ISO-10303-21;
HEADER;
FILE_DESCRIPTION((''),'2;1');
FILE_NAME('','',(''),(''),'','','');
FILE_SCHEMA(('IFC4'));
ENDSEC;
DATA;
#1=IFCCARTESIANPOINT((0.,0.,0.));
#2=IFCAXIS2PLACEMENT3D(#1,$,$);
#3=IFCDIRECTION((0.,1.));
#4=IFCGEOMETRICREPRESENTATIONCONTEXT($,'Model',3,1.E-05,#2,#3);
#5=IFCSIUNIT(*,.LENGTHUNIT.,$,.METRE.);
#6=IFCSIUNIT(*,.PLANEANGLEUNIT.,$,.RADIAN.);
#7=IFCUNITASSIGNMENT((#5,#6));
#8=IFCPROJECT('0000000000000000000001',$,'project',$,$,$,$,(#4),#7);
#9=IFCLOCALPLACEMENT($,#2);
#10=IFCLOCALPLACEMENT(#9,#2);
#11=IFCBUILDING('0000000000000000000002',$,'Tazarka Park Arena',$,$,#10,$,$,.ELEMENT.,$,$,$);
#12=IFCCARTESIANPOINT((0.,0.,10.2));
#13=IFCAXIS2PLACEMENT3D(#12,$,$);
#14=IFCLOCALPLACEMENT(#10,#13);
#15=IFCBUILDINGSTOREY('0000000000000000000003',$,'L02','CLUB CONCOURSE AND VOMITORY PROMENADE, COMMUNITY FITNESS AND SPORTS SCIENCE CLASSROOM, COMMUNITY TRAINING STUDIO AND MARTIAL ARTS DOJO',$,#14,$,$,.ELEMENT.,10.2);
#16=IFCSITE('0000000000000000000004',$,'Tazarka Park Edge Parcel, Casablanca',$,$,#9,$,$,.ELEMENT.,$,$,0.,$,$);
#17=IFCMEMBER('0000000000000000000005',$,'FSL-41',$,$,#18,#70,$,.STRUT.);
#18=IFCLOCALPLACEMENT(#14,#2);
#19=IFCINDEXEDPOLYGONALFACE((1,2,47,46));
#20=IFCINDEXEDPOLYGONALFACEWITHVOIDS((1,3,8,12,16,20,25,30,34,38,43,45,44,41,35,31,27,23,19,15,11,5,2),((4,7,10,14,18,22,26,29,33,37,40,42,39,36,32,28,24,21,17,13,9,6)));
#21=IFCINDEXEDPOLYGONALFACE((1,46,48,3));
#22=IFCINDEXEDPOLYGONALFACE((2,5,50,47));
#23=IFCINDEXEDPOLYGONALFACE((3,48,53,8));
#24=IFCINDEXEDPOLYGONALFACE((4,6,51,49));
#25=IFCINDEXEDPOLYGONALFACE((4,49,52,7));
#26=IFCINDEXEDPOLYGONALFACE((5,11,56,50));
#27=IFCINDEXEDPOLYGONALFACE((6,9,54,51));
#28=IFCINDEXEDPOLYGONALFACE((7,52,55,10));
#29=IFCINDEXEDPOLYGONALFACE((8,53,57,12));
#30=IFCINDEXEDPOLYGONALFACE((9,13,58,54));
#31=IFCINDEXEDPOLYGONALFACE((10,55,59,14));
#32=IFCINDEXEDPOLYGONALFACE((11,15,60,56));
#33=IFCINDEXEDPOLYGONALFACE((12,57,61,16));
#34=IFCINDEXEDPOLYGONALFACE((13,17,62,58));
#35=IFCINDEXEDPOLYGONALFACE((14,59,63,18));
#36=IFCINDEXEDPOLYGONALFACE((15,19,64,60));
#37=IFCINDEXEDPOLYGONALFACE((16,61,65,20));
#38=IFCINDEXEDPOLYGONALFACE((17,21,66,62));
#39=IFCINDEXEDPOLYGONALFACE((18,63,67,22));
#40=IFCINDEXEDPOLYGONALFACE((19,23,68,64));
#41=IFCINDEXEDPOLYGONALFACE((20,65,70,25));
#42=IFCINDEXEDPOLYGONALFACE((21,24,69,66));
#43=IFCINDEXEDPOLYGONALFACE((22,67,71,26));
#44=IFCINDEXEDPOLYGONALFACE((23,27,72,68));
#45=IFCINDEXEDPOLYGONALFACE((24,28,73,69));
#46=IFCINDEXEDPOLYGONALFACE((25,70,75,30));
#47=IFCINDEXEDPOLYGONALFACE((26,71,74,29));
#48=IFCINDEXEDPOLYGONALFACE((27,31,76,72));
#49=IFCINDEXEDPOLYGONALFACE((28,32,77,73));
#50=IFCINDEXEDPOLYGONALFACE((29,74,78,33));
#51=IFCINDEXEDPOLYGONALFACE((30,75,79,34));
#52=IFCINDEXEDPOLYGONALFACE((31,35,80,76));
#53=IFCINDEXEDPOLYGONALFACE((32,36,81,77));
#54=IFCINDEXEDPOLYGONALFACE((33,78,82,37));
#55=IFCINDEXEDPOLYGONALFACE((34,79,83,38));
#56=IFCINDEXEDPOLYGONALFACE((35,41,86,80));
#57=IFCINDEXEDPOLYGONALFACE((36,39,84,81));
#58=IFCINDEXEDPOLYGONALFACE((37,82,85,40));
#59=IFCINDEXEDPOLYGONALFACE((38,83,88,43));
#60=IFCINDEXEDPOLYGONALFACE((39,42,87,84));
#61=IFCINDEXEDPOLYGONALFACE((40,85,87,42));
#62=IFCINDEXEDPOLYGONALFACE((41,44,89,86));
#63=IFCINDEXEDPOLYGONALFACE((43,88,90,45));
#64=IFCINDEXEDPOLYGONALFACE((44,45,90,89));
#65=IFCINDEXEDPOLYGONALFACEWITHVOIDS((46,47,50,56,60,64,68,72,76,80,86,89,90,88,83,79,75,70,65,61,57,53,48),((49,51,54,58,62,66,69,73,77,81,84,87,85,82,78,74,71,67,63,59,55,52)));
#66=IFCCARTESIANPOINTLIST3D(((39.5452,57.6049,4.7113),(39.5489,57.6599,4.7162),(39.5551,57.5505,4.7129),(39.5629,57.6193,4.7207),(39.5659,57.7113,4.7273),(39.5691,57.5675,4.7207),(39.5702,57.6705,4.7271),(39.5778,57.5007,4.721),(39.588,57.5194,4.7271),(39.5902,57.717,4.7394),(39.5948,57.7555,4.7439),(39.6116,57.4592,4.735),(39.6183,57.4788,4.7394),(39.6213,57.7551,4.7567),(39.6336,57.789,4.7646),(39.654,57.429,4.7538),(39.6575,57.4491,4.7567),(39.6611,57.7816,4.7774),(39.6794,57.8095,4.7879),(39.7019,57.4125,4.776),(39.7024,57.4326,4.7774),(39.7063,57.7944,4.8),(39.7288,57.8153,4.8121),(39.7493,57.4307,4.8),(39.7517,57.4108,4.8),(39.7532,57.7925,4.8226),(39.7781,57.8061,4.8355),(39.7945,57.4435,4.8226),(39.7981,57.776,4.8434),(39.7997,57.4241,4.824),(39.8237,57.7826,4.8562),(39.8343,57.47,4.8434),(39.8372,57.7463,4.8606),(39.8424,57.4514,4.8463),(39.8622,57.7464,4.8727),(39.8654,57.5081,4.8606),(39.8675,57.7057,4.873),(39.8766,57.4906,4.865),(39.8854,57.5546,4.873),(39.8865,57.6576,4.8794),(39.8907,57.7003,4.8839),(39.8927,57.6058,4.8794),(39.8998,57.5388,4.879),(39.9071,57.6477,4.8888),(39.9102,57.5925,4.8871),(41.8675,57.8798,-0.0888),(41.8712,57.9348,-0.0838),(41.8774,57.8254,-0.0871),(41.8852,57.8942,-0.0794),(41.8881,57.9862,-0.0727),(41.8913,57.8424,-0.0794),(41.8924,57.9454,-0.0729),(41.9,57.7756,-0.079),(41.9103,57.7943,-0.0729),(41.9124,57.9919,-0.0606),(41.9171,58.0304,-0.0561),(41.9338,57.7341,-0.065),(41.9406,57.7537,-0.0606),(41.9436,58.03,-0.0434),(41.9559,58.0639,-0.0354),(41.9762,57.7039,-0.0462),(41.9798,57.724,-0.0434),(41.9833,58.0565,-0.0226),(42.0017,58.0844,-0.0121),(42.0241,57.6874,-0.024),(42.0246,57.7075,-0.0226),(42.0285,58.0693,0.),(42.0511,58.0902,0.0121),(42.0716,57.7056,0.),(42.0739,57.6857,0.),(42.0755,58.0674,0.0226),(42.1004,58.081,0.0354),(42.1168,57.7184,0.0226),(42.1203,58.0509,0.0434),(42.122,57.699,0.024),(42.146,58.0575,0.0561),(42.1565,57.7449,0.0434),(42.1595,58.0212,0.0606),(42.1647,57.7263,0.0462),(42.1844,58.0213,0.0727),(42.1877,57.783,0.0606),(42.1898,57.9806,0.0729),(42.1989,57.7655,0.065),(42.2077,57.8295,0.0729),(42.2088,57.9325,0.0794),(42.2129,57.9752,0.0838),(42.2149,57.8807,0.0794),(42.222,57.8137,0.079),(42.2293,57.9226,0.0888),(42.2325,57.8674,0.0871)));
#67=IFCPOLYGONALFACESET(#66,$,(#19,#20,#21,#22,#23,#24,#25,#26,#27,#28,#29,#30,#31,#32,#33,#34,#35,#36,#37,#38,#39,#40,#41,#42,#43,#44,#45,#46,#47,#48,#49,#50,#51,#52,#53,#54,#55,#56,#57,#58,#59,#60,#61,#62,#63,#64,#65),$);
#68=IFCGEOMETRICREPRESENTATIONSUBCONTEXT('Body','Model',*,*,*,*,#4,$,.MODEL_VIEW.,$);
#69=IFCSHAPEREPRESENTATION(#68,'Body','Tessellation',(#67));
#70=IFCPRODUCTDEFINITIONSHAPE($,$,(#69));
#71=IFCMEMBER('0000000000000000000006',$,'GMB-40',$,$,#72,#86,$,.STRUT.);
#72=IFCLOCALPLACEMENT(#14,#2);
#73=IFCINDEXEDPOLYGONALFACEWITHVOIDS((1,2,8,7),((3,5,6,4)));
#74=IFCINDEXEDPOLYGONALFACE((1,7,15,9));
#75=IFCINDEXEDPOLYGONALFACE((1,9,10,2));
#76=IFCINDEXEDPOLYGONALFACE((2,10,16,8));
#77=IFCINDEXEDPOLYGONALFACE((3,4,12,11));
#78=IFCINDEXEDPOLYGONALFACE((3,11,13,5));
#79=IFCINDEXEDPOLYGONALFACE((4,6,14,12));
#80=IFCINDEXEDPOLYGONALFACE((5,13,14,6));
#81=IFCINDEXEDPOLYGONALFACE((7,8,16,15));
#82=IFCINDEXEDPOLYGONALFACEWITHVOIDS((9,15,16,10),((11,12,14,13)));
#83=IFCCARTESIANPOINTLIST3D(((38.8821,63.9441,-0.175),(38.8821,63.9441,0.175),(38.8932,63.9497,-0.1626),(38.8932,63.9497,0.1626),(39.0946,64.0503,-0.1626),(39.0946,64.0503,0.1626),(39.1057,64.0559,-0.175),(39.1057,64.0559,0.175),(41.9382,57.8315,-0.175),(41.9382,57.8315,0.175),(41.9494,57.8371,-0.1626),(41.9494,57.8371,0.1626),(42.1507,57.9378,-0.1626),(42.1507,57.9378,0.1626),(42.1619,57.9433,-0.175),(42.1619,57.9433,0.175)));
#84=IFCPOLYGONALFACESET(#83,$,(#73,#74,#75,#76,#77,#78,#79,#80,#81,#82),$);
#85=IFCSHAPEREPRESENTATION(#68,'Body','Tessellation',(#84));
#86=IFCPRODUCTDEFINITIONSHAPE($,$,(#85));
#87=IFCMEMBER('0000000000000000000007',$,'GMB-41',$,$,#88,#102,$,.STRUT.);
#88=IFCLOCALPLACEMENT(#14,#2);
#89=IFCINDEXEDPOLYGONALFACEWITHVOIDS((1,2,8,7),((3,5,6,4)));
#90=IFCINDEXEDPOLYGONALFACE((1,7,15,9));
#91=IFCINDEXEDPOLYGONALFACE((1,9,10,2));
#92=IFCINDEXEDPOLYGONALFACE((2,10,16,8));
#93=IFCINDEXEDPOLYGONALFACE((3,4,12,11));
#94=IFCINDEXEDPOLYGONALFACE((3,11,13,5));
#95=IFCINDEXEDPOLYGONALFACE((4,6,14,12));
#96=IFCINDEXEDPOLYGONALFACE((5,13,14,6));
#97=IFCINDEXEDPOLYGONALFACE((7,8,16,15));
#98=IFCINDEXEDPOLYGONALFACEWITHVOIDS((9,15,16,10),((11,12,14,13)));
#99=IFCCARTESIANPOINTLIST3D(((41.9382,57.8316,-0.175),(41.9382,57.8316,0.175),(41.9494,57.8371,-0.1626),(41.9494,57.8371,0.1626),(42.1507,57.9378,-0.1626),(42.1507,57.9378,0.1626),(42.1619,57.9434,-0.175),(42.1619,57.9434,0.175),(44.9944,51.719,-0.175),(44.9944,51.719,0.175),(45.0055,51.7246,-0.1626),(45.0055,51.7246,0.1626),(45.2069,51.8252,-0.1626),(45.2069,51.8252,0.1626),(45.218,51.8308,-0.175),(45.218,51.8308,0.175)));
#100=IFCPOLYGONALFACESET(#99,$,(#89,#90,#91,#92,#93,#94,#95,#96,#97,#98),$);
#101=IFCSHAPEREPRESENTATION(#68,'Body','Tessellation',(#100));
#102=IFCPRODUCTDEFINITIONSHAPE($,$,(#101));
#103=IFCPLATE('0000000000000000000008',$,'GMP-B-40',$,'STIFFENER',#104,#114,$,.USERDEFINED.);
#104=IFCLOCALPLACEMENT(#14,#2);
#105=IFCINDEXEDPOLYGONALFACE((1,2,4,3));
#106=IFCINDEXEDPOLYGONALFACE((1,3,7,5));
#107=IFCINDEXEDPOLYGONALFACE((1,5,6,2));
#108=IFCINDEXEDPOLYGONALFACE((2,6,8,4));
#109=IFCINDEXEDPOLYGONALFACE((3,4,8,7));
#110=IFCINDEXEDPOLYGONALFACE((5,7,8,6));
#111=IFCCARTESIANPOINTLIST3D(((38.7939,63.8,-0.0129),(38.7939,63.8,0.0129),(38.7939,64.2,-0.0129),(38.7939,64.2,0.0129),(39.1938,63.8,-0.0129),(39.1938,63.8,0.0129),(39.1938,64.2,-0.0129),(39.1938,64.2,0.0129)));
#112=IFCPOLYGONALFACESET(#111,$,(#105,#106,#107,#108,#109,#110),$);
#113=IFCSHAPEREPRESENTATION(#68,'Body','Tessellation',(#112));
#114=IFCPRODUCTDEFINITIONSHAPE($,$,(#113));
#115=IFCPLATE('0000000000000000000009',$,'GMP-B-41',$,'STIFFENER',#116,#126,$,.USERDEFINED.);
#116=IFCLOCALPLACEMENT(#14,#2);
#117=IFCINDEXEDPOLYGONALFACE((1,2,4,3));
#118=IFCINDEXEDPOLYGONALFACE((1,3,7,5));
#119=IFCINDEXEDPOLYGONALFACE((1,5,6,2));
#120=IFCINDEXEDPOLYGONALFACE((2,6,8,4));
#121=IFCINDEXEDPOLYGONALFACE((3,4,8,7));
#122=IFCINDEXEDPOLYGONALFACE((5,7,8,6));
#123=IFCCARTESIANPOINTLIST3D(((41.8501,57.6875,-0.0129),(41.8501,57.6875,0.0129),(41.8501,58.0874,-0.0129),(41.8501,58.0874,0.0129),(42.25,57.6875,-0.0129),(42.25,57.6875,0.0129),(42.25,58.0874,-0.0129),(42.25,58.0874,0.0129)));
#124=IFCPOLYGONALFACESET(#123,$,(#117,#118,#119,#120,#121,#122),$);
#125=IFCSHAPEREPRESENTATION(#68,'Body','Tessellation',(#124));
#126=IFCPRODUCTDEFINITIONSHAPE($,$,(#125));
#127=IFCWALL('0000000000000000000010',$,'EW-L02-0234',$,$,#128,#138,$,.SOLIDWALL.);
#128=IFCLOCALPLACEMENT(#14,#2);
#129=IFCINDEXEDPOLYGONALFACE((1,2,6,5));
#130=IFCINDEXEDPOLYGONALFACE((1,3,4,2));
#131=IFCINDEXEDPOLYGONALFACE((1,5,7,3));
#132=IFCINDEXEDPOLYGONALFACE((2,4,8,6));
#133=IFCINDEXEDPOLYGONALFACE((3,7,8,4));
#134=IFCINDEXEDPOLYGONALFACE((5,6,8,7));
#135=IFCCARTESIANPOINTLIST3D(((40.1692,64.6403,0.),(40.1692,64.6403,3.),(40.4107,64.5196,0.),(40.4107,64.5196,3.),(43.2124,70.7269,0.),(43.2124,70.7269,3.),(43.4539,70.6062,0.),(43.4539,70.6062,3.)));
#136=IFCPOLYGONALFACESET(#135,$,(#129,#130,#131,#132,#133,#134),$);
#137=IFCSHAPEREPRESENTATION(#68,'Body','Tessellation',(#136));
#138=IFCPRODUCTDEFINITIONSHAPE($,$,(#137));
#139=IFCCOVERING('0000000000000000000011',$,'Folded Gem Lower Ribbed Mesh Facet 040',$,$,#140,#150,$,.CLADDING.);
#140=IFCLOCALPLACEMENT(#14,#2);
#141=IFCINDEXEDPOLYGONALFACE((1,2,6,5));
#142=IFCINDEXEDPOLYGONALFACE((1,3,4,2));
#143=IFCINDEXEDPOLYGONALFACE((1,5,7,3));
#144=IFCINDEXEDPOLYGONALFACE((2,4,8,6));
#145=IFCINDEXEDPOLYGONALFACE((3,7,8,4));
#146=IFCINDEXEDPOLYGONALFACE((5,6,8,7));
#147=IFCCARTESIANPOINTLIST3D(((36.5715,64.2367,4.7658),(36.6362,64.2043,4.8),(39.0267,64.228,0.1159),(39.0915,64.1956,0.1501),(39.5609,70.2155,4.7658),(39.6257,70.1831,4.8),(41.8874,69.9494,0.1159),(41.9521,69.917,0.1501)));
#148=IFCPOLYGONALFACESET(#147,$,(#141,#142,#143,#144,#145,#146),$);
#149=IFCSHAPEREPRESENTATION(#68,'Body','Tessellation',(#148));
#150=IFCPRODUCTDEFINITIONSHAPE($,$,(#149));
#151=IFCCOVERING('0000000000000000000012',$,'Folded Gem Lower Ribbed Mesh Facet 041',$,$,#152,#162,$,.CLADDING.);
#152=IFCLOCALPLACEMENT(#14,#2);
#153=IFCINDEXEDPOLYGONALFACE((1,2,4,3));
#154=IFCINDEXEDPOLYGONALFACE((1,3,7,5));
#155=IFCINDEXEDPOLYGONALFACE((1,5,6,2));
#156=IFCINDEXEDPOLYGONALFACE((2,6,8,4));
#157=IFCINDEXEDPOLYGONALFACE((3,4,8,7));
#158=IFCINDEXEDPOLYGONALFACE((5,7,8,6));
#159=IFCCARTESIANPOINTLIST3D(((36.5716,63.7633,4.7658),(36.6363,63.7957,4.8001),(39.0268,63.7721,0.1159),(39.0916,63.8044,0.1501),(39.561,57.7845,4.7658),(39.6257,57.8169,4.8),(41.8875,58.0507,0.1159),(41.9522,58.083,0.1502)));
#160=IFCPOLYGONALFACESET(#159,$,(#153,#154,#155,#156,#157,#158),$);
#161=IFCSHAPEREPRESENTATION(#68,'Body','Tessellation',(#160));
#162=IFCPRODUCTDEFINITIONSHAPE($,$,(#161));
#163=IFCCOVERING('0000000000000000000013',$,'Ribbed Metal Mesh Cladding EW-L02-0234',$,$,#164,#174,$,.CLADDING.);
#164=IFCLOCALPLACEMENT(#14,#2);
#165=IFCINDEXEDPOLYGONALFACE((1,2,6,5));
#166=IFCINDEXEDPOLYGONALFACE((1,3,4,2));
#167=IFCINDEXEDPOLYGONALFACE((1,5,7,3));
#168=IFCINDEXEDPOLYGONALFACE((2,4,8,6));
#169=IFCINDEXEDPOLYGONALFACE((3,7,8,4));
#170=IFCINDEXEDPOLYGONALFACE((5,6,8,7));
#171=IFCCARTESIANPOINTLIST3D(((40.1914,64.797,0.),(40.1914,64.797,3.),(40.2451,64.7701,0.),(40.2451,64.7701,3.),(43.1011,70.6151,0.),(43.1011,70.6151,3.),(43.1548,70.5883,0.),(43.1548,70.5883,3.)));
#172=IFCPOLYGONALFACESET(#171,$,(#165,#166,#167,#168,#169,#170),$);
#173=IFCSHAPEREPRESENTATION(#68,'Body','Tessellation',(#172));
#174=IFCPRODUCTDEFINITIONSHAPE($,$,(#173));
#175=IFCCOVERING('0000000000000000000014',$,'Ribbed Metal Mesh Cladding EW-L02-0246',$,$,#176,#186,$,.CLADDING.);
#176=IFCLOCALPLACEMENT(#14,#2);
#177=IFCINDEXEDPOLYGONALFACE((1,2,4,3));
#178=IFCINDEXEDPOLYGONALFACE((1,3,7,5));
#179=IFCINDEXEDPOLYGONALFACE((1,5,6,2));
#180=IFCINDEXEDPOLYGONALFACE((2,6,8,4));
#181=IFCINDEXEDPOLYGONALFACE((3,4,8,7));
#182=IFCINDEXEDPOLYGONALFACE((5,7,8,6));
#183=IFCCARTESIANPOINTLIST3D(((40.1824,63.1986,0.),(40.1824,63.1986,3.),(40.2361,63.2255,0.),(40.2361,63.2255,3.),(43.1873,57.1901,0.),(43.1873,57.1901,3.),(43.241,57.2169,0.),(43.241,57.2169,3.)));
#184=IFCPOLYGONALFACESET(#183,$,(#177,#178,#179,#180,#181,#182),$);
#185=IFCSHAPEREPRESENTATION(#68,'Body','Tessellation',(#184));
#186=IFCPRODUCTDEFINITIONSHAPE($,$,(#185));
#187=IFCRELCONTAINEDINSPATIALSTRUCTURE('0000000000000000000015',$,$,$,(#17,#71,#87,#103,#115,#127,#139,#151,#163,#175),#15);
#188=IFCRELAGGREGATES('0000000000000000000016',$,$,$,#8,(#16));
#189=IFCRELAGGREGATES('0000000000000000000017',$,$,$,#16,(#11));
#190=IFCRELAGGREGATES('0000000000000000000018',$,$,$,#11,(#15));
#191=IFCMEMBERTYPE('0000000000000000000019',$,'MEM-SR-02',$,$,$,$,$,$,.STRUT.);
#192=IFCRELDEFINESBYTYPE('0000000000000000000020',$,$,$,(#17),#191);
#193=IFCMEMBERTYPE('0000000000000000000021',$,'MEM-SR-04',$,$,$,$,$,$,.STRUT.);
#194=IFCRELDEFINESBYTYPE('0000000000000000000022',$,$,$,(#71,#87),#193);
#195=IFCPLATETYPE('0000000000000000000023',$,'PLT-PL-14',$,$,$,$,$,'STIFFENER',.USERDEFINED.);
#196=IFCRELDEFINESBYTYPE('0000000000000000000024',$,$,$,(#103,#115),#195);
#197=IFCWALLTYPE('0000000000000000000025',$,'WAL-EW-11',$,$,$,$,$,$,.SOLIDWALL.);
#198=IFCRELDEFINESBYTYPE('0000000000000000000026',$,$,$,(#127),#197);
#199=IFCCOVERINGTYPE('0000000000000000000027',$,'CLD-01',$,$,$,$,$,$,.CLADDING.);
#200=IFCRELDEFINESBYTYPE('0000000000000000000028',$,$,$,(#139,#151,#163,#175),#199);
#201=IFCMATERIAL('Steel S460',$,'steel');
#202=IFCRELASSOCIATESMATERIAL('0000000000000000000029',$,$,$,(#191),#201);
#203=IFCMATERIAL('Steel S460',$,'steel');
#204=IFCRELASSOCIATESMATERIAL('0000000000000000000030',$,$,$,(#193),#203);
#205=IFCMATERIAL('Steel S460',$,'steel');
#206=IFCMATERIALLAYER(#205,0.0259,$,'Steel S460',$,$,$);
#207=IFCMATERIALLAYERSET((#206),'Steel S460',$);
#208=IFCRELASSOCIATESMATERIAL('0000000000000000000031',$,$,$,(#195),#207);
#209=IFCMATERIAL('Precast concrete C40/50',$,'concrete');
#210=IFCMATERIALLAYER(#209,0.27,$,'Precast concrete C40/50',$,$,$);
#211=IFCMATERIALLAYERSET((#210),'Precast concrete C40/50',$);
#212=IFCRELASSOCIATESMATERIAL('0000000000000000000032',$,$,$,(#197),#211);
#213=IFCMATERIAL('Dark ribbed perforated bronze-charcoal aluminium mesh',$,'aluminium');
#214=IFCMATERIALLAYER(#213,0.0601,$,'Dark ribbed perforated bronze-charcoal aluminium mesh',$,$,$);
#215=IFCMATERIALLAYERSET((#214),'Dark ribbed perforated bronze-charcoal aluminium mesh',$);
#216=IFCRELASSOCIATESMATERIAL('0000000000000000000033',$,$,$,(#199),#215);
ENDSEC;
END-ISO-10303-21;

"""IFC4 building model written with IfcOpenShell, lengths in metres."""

from ifc_helpers import new_model, si_unit, direction, frame, frame_2d, origin, origin_2d, place, context, subcontext, project, spatial, polyline, rectangle, hollow_rectangle, hollow_circle, outline, extrude, material, layer, layer_set, material_profile, profile_set, type_object, element, save


model = new_model("IFC4")

# Units and contexts
model_context = context("Model", 3, precision=1e-05, world=origin(), true_north=direction((0.0, 1.0)))
body_context = subcontext(model_context, "Body", "Model", "MODEL_VIEW")
ifc_project = project(units=[si_unit("LENGTHUNIT", "METRE"), si_unit("PLANEANGLEUNIT", "RADIAN")], contexts=[model_context])

# Site, building, storey
site_placement = place(None, origin())
site = spatial("IfcSite", under=ifc_project, at=site_placement, Name="Tazarka Park Edge Parcel, Casablanca", CompositionType="ELEMENT", RefElevation=0.0)
building_placement = place(site_placement, origin())
building = spatial("IfcBuilding", under=site, at=building_placement, Name="Tazarka Park Arena", CompositionType="ELEMENT")
storey_placement = place(building_placement, frame((0.0, 0.0, 10.2)))
storey = spatial("IfcBuildingStorey", under=building, at=storey_placement, Name="L02", Description="CLUB CONCOURSE AND VOMITORY PROMENADE, COMMUNITY FITNESS AND SPORTS SCIENCE CLASSROOM, COMMUNITY TRAINING STUDIO AND MARTIAL ARTS DOJO", CompositionType="ELEMENT", Elevation=10.2)

# Members
ifc_material_1 = material(Name="Steel S460", Category="steel")
ifc_material_profile_1 = material_profile(ifc_material_1, hollow_circle(Radius=0.2031, WallThickness=0.02, at=origin_2d()), Name="Steel S460")
ifc_profile_set_1 = profile_set([ifc_material_profile_1], Name="Steel S460")
member_type_1 = type_object("IfcMemberType", Name="MEM-SR-02", PredefinedType="STRUT", material=ifc_profile_set_1)
member_1_placement = place(storey_placement, frame((42.05, 57.8875, 0.0), z_axis=(-0.434932, -0.051486, 0.89899), x_axis=(0.117556, -0.993066, 0.0)))
element("IfcMember", 1, at=member_1_placement, inside=storey, type_object=member_type_1, Name="FSL-41", PredefinedType="STRUT", context=body_context, shape_type="SweptSolid", body=[
    extrude(hollow_circle(Radius=0.2031, WallThickness=0.02, at=origin_2d()), origin(), (0.0, 0.0, 1.0), 5.3394),
])
ifc_material_2 = material(Name="Steel S460", Category="steel")
ifc_material_profile_2 = material_profile(ifc_material_2, hollow_rectangle(XDim=0.25, YDim=0.3501, WallThickness=0.0125, at=origin_2d()), Name="Steel S460")
ifc_profile_set_2 = profile_set([ifc_material_profile_2], Name="Steel S460")
member_type_2 = type_object("IfcMemberType", Name="MEM-SR-04", PredefinedType="STRUT", material=ifc_profile_set_2)
for number, where, z_axis, x_axis, name in (
    (2, (38.9939, 64.0, 0.0), (0.447199, -0.894434, 0.0), (0.894434, 0.447199, 0.0), "GMB-40"),
    (3, (42.05, 57.8875, 0.0), (0.447199, -0.894434, 0.0), (0.894434, 0.447199, 0.0), "GMB-41"),
):
    element("IfcMember", number, at=place(storey_placement, frame(where, z_axis=z_axis, x_axis=x_axis)), inside=storey, type_object=member_type_2, Name=name, PredefinedType="STRUT", context=body_context, shape_type="SweptSolid", body=[
        extrude(hollow_rectangle(XDim=0.25, YDim=0.3501, WallThickness=0.0125, at=origin_2d()), origin(), (0.0, 0.0, 1.0), 6.834),
    ])

# Plates
ifc_material_3 = material(Name="Steel S460", Category="steel")
ifc_layer_1 = layer(ifc_material_3, 0.0259, Name="Steel S460")
ifc_layer_set_1 = layer_set([ifc_layer_1], Name="Steel S460")
plate_type = type_object("IfcPlateType", Name="PLT-PL-14", ElementType="STIFFENER", PredefinedType="USERDEFINED", material=ifc_layer_set_1)
for number, where, z_axis, x_axis, name in (
    (4, (38.9939, 64.0, -0.0129), (0.0, 0.0, 1.0), (1.0, 0.0, 0.0), "GMP-B-40"),
    (5, (42.05, 57.8875, -0.0129), (0.0, 0.0, 1.0), (1.0, 0.0, 0.0), "GMP-B-41"),
):
    element("IfcPlate", number, at=place(storey_placement, frame(where, z_axis=z_axis, x_axis=x_axis)), inside=storey, type_object=plate_type, Name=name, ObjectType="STIFFENER", PredefinedType="USERDEFINED", context=body_context, shape_type="SweptSolid", body=[
        extrude(rectangle(XDim=0.3999, YDim=0.3999, at=origin_2d()), origin(), (0.0, 0.0, 1.0), 0.0259),
    ])

# Wall
ifc_material_4 = material(Name="Precast concrete C40/50", Category="concrete")
ifc_layer_2 = layer(ifc_material_4, 0.27, Name="Precast concrete C40/50")
ifc_layer_set_2 = layer_set([ifc_layer_2], Name="Precast concrete C40/50")
wall_type = type_object("IfcWallType", Name="WAL-EW-11", PredefinedType="SOLIDWALL", material=ifc_layer_set_2)
wall_placement = place(storey_placement, frame((40.29, 64.5801, 0.0), z_axis=(0.0, 0.0, 1.0), x_axis=(0.447199, 0.894434, 0.0)))
element("IfcWall", 6, at=wall_placement, inside=storey, type_object=wall_type, Name="EW-L02-0234", PredefinedType="SOLIDWALL", context=body_context, shape_type="SweptSolid", body=[
    extrude(rectangle(XDim=6.8049, YDim=0.27, at=frame_2d((3.4023, 0.0))), origin(), (0.0, 0.0, 1.0), 3.0),
])

# Coverings
ifc_material_5 = material(Name="Dark ribbed perforated bronze-charcoal aluminium mesh", Category="aluminium")
ifc_layer_3 = layer(ifc_material_5, 0.0601, Name="Dark ribbed perforated bronze-charcoal aluminium mesh")
ifc_layer_set_3 = layer_set([ifc_layer_3], Name="Dark ribbed perforated bronze-charcoal aluminium mesh")
covering_type = type_object("IfcCoveringType", Name="CLD-01", PredefinedType="CLADDING", material=ifc_layer_set_3)
covering_1_placement = place(storey_placement, frame((41.9521, 69.917, 0.1501), z_axis=(0.808506, -0.404253, 0.427664), x_axis=(-0.447211, -0.894429, -0.000007)))
element("IfcCovering", 7, at=covering_1_placement, inside=storey, type_object=covering_type, Name="Folded Gem Lower Ribbed Mesh Facet 040", PredefinedType="CLADDING", context=body_context, shape_type="SweptSolid", body=[
    extrude(outline(polyline([(0.0, 0.0), (6.3967, 0.0), (7.4869, -5.1441), (0.8023, -5.144), (0.0, 0.0)])), origin(), (0.0, 0.0, -1.0), 0.0801),
])
covering_2_placement = place(storey_placement, frame((39.0916, 63.8044, 0.1501), z_axis=(0.808506, 0.404253, 0.427664), x_axis=(0.447211, -0.894429, 0.000007)))
element("IfcCovering", 8, at=covering_2_placement, inside=storey, type_object=covering_type, Name="Folded Gem Lower Ribbed Mesh Facet 041", PredefinedType="CLADDING", context=body_context, shape_type="SweptSolid", body=[
    extrude(outline(polyline([(0.0, 0.0), (6.3967, 0.0), (5.5944, -5.144), (-1.0902, -5.1441), (0.0, 0.0)])), origin(), (0.0, 0.0, -1.0), 0.0801),
])
covering_3_placement = place(storey_placement, frame((41.6731, 67.6926, 0.0), z_axis=(0.0, 0.0, 1.0), x_axis=(0.447291, 0.894389, 0.0)))
element("IfcCovering", 9, at=covering_3_placement, inside=storey, type_object=covering_type, Name="Ribbed Metal Mesh Cladding EW-L02-0234", PredefinedType="CLADDING", context=body_context, shape_type="SweptSolid", body=[
    extrude(rectangle(XDim=6.5051, YDim=0.0601, at=origin_2d()), origin(), (0.0, 0.0, 1.0), 3.0),
])
covering_4_placement = place(storey_placement, frame((41.7117, 60.2078, 0.0), z_axis=(0.0, 0.0, 1.0), x_axis=(-0.447291, 0.894389, 0.0)))
element("IfcCovering", 10, at=covering_4_placement, inside=storey, type_object=covering_type, Name="Ribbed Metal Mesh Cladding EW-L02-0246", PredefinedType="CLADDING", context=body_context, shape_type="SweptSolid", body=[
    extrude(rectangle(XDim=6.718, YDim=0.0601, at=origin_2d()), origin(), (0.0, 0.0, 1.0), 3.0),
])

save(model, "model.ifc")
